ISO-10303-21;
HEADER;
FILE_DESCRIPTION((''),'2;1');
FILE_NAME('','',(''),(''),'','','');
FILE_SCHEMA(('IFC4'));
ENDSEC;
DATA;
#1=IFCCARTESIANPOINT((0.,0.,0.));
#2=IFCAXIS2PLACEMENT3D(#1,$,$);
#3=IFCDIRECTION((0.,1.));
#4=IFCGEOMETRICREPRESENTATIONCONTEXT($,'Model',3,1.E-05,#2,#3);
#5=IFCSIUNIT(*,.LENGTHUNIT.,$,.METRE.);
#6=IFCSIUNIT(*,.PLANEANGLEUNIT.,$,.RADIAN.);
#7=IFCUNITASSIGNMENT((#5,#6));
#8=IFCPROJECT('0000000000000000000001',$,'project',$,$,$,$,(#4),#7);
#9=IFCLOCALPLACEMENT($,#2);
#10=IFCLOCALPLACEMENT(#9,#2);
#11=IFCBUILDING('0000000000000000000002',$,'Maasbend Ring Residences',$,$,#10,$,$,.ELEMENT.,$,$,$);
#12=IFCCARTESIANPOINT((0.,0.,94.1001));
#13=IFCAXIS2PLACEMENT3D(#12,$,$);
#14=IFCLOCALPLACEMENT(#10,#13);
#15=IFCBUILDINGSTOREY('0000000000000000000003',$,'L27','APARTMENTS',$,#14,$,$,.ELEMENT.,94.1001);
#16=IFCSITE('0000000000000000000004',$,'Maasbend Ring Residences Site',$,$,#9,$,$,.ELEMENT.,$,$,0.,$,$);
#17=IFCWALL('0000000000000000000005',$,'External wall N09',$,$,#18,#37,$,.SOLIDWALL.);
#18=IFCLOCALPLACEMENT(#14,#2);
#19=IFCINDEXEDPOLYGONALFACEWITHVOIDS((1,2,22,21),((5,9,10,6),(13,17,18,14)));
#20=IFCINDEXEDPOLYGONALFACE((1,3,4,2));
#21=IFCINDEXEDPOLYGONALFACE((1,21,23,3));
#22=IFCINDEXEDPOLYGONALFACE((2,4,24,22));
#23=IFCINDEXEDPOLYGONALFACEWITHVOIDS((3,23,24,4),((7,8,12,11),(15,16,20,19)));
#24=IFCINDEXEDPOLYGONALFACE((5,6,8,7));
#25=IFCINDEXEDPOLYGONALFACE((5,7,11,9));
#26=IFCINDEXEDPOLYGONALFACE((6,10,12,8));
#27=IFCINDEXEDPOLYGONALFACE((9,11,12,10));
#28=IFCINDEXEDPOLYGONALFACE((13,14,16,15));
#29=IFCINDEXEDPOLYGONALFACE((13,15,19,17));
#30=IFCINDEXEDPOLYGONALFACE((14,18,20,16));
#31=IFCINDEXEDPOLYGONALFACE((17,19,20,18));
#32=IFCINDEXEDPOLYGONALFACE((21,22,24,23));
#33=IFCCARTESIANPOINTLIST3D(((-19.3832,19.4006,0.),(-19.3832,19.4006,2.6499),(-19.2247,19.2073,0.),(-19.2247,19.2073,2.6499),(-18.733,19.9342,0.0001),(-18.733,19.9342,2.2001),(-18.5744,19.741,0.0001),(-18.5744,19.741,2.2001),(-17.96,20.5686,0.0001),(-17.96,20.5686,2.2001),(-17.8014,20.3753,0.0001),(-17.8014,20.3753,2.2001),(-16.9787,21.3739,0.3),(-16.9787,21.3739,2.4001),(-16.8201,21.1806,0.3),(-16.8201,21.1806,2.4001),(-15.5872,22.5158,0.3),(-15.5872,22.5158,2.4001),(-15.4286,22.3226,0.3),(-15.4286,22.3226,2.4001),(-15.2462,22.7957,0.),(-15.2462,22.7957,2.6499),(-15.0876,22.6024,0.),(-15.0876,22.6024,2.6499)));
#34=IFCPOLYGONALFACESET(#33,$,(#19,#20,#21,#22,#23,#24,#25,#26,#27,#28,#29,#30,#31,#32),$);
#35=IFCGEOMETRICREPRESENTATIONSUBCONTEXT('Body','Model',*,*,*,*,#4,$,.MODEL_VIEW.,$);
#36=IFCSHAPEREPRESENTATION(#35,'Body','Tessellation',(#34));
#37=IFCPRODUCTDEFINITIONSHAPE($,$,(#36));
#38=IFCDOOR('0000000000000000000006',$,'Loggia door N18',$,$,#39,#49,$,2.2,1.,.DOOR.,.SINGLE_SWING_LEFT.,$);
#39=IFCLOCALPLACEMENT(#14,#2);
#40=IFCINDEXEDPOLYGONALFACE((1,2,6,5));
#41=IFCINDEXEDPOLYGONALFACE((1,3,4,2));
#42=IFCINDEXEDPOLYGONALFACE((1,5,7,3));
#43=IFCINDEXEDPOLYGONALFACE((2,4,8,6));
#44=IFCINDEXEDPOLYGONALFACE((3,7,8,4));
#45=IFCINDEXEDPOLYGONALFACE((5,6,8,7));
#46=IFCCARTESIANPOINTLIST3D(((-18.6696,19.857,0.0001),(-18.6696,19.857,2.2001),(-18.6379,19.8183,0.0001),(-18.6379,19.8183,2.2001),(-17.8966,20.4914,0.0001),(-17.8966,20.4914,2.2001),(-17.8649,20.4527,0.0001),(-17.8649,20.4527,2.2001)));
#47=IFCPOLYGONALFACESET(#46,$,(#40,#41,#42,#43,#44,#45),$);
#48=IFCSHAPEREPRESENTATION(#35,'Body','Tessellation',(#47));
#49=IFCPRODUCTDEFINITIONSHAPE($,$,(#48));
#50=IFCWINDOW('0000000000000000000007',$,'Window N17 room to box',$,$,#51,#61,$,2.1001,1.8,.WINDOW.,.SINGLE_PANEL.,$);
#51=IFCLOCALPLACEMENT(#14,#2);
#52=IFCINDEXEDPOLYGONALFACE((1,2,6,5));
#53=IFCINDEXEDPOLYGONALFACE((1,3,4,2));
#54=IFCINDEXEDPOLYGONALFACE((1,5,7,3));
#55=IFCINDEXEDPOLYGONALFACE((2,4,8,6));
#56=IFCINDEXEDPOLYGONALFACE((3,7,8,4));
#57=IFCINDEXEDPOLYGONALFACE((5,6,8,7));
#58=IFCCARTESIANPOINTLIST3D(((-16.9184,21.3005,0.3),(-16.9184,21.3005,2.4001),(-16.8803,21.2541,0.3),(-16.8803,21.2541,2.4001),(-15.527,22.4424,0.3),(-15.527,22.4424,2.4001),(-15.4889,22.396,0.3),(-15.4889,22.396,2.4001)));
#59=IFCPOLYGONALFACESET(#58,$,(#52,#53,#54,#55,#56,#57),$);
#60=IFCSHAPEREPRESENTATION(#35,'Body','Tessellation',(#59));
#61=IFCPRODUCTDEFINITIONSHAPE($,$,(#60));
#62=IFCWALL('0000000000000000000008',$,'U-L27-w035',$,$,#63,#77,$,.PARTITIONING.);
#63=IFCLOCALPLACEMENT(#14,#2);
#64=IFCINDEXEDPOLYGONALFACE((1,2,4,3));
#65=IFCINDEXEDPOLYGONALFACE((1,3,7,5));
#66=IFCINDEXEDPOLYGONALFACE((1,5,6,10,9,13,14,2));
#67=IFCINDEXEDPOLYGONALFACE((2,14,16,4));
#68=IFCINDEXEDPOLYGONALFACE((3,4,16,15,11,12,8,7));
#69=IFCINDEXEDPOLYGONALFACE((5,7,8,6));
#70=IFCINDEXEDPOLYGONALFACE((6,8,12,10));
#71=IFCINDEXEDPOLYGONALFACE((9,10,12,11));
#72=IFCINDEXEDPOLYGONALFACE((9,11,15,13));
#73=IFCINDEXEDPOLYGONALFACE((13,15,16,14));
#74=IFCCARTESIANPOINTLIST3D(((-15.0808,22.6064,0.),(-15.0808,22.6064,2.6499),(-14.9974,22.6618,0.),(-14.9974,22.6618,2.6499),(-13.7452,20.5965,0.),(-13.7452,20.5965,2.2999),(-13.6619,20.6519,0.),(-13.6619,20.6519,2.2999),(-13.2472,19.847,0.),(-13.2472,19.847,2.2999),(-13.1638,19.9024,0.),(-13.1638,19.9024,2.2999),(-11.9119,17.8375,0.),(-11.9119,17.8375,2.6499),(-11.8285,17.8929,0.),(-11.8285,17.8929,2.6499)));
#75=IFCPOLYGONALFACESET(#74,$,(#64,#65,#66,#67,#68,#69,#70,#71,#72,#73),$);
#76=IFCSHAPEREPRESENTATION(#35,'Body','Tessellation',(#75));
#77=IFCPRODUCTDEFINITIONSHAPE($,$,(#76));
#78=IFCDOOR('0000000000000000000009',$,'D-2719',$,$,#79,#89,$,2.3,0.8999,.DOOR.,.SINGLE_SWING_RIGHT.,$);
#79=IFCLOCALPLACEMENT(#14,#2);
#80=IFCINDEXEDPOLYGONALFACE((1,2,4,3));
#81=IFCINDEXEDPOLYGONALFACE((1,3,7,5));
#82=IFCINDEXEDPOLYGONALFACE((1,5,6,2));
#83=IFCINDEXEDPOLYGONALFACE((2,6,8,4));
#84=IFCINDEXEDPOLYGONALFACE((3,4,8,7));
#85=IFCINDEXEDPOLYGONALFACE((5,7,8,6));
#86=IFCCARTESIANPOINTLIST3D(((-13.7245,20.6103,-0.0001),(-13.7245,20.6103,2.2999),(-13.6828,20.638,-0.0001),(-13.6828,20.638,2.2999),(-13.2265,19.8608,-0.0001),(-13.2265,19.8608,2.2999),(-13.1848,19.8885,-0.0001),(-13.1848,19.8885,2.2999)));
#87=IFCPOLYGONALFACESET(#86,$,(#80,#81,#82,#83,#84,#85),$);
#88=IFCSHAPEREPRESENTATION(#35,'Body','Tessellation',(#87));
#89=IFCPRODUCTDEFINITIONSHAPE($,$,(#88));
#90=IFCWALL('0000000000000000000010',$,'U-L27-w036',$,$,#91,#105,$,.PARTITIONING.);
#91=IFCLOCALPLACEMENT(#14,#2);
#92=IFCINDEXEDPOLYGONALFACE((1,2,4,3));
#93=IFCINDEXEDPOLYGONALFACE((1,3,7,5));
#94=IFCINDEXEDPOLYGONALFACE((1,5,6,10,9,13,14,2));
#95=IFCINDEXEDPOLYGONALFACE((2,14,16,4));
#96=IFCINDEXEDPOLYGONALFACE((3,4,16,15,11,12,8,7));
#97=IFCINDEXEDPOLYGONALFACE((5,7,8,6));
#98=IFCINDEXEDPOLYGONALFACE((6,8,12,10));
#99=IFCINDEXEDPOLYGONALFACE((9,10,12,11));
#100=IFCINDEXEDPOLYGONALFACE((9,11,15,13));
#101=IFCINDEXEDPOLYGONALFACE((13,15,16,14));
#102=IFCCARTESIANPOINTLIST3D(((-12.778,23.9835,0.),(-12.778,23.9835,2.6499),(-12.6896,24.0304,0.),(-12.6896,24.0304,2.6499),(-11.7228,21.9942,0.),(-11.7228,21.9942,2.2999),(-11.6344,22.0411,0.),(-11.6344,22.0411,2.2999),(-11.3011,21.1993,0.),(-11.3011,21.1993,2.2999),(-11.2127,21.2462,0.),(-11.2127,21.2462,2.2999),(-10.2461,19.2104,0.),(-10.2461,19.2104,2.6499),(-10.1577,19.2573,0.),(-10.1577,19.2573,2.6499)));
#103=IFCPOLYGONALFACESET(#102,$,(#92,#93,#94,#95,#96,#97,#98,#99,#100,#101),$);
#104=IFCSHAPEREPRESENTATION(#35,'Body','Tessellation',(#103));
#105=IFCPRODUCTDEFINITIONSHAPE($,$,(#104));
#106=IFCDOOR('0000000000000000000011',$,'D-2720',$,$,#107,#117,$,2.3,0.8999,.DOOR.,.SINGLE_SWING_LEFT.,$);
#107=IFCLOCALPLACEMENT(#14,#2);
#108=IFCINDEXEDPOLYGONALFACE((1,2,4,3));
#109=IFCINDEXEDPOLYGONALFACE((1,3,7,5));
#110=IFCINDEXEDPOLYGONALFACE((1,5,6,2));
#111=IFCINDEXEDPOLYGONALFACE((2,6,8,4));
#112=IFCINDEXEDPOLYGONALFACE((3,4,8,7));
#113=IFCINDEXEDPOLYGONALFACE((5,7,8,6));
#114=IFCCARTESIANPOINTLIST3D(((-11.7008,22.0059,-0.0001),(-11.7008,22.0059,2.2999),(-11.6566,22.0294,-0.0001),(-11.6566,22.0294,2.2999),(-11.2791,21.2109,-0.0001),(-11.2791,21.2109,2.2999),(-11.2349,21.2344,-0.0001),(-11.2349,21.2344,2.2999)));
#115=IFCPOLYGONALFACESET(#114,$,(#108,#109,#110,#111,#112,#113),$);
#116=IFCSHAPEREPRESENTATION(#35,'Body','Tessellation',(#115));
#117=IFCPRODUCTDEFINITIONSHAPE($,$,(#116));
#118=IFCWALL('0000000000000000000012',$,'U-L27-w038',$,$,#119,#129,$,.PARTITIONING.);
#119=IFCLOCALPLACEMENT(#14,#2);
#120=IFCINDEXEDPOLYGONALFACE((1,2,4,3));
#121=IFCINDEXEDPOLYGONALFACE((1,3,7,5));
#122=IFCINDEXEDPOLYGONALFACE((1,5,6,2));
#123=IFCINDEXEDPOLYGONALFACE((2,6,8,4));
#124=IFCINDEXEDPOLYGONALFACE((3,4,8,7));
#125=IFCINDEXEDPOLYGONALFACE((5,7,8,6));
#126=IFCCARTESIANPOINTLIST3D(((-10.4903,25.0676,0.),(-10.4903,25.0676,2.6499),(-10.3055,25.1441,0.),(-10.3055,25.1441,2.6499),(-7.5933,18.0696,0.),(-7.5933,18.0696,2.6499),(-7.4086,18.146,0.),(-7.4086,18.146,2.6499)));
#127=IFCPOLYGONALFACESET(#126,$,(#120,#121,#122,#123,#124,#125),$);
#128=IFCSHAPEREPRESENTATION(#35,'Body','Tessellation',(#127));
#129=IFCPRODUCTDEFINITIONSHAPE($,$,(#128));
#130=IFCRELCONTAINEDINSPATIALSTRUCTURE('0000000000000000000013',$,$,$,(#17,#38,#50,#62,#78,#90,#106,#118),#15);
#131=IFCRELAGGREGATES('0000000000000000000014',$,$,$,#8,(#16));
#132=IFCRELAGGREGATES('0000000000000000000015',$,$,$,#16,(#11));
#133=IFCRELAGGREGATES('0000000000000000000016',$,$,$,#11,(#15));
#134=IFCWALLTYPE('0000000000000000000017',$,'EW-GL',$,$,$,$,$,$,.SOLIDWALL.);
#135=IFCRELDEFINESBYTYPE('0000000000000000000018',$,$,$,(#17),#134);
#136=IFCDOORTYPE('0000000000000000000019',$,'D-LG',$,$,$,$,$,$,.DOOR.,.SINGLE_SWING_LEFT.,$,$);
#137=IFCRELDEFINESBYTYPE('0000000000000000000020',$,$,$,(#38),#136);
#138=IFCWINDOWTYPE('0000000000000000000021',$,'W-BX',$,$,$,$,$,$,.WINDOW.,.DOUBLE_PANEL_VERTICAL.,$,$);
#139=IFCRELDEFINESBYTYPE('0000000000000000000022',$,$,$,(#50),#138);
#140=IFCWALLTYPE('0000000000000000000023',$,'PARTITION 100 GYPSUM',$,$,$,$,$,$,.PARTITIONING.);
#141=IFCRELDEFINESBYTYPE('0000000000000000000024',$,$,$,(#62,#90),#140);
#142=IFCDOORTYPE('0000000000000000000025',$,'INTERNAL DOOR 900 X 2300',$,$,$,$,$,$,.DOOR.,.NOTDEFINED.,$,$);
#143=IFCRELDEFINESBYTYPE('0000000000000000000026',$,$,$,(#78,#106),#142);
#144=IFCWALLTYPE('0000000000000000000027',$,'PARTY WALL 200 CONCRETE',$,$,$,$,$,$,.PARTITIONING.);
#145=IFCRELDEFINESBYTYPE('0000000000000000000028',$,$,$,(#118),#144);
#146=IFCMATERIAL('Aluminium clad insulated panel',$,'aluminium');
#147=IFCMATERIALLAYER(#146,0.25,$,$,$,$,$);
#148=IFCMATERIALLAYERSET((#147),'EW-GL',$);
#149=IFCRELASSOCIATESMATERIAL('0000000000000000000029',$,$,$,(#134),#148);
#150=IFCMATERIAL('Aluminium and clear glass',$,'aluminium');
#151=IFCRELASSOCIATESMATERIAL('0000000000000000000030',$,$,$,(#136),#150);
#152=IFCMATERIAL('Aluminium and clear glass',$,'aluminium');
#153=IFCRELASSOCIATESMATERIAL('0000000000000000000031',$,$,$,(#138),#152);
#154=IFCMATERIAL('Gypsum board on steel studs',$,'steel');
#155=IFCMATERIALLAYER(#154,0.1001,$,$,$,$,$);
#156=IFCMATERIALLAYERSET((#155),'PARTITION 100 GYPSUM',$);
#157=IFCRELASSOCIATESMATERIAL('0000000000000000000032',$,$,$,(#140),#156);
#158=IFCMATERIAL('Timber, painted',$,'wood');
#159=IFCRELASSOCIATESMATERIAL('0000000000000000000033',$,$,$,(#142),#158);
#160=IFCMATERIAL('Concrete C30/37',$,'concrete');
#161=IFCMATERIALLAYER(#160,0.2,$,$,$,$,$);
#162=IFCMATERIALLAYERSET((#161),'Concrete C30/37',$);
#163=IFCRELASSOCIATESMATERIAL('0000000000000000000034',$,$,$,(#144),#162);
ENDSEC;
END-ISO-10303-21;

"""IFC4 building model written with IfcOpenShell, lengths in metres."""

from ifc_helpers import new_model, si_unit, direction, frame, frame_2d, origin, place, context, subcontext, project, spatial, rectangle, extrude, material, layer, layer_set, type_object, element, fill, save


model = new_model("IFC4")

# Units and contexts
model_context = context("Model", 3, precision=1e-05, world=origin(), true_north=direction((0.0, 1.0)))
body_context = subcontext(model_context, "Body", "Model", "MODEL_VIEW")
ifc_project = project(units=[si_unit("LENGTHUNIT", "METRE"), si_unit("PLANEANGLEUNIT", "RADIAN")], contexts=[model_context])

# Site, building, storey
site_placement = place(None, origin())
site = spatial("IfcSite", under=ifc_project, at=site_placement, Name="Maasbend Ring Residences Site", CompositionType="ELEMENT", RefElevation=0.0)
building_placement = place(site_placement, origin())
building = spatial("IfcBuilding", under=site, at=building_placement, Name="Maasbend Ring Residences", CompositionType="ELEMENT")
storey_placement = place(building_placement, frame((0.0, 0.0, 94.1001)))
storey = spatial("IfcBuildingStorey", under=building, at=storey_placement, Name="L27", Description="APARTMENTS", CompositionType="ELEMENT", Elevation=94.1001)

# Wall, openings, door, window
ifc_material_1 = material(Name="Aluminium clad insulated panel", Category="aluminium")
ifc_layer_1 = layer(ifc_material_1, 0.25)
ifc_layer_set_1 = layer_set([ifc_layer_1], Name="EW-GL")
wall_type_1 = type_object("IfcWallType", Name="EW-GL", PredefinedType="SOLIDWALL", material=ifc_layer_set_1)
ifc_material_2 = material(Name="Aluminium and clear glass", Category="aluminium")
door_type_1 = type_object("IfcDoorType", Name="D-LG", OperationType="SINGLE_SWING_LEFT", PredefinedType="DOOR", material=ifc_material_2)
ifc_material_3 = material(Name="Aluminium and clear glass", Category="aluminium")
window_type_1 = type_object("IfcWindowType", Name="W-BX", PartitioningType="DOUBLE_PANEL_VERTICAL", PredefinedType="WINDOW", material=ifc_material_3)
wall_1_placement = place(storey_placement, frame((-15.167, 22.699, 0.0), z_axis=(0.0, 0.0, 1.0), x_axis=(-0.773019, -0.634382, 0.0)))
wall_1 = element("IfcWall", 1, at=wall_1_placement, inside=storey, type_object=wall_type_1, Name="External wall N09", PredefinedType="SOLIDWALL", context=body_context, shape_type="SweptSolid", body=[
    extrude(rectangle(XDim=5.3518, YDim=0.25, at=frame_2d((2.6758, 0.0))), origin(), (0.0, 0.0, 1.0), 2.6499),
])
opening_1_placement = place(wall_1_placement, frame((0.4412, 0.0, 0.3)))
opening_1 = element("IfcOpeningElement", 2, at=opening_1_placement, cuts=wall_1, PredefinedType="OPENING", context=body_context, shape_type="SweptSolid", body=[
    extrude(rectangle(XDim=1.8, YDim=2.1001, at=frame_2d((0.8999, 1.05))), frame((0.0, 0.135, 0.0), z_axis=(0.0, -1.0, 0.0), x_axis=(1.0, 0.0, 0.0)), (0.0, 0.0, 1.0), 0.27),
])
opening_2_placement = place(wall_1_placement, frame((3.5105, 0.0, 0.0)))
opening_2 = element("IfcOpeningElement", 3, at=opening_2_placement, cuts=wall_1, PredefinedType="OPENING", context=body_context, shape_type="SweptSolid", body=[
    extrude(rectangle(XDim=1.0, YDim=2.2, at=frame_2d((0.5, 1.1001))), frame((0.0, 0.135, 0.0), z_axis=(0.0, -1.0, 0.0), x_axis=(1.0, 0.0, 0.0)), (0.0, 0.0, 1.0), 0.27),
])
door_1_placement = place(opening_2_placement, origin())
door_1 = element("IfcDoor", 4, at=door_1_placement, inside=storey, type_object=door_type_1, Name="Loggia door N18", OperationType="SINGLE_SWING_LEFT", OverallHeight=2.2, OverallWidth=1.0, PredefinedType="DOOR", context=body_context, shape_type="SweptSolid", body=[
    extrude(rectangle(XDim=1.0, YDim=2.2, at=frame_2d((0.5, 1.1001))), frame((0.0, 0.0249, 0.0), z_axis=(0.0, -1.0, 0.0), x_axis=(1.0, 0.0, 0.0)), (0.0, 0.0, 1.0), 0.05),
])
fill(opening_2, door_1)
window_1_placement = place(opening_1_placement, origin())
window_1 = element("IfcWindow", 5, at=window_1_placement, inside=storey, type_object=window_type_1, Name="Window N17 room to box", OverallHeight=2.1001, OverallWidth=1.8, PartitioningType="SINGLE_PANEL", PredefinedType="WINDOW", context=body_context, shape_type="SweptSolid", body=[
    extrude(rectangle(XDim=1.8, YDim=2.1001, at=frame_2d((0.8999, 1.05))), frame((0.0, 0.03, 0.0), z_axis=(0.0, -1.0, 0.0), x_axis=(1.0, 0.0, 0.0)), (0.0, 0.0, 1.0), 0.0601),
])
fill(opening_1, window_1)

# Walls, openings, doors
ifc_material_4 = material(Name="Gypsum board on steel studs", Category="steel")
ifc_layer_2 = layer(ifc_material_4, 0.1001)
ifc_layer_set_2 = layer_set([ifc_layer_2], Name="PARTITION 100 GYPSUM")
wall_type_2 = type_object("IfcWallType", Name="PARTITION 100 GYPSUM", PredefinedType="PARTITIONING", material=ifc_layer_set_2)
wall_2_placement = place(storey_placement, frame((-15.0391, 22.634, 0.0), z_axis=(0.0, 0.0, 1.0), x_axis=(0.55344, -0.832889, 0.0)))
wall_2 = element("IfcWall", 6, at=wall_2_placement, inside=storey, type_object=wall_type_2, Name="U-L27-w035", PredefinedType="PARTITIONING", context=body_context, shape_type="SweptSolid", body=[
    extrude(rectangle(XDim=5.7258, YDim=0.1001, at=frame_2d((2.8628, 0.0))), origin(), (0.0, 0.0, 1.0), 2.6499),
])
opening_3_placement = place(wall_2_placement, frame((2.4131, 0.0, 0.0)))
opening_3 = element("IfcOpeningElement", 7, at=opening_3_placement, cuts=wall_2, PredefinedType="OPENING", context=body_context, shape_type="SweptSolid", body=[
    extrude(rectangle(XDim=0.8999, YDim=2.3, at=frame_2d((0.45, 1.1499))), frame((0.0, 0.0601, 0.0), z_axis=(0.0, -1.0, 0.0), x_axis=(1.0, 0.0, 0.0)), (0.0, 0.0, 1.0), 0.1201),
])
ifc_material_5 = material(Name="Timber, painted", Category="wood")
door_type_2 = type_object("IfcDoorType", Name="INTERNAL DOOR 900 X 2300", OperationType="NOTDEFINED", PredefinedType="DOOR", material=ifc_material_5)
door_2_placement = place(opening_3_placement, origin())
door_2 = element("IfcDoor", 8, at=door_2_placement, inside=storey, type_object=door_type_2, Name="D-2719", OperationType="SINGLE_SWING_RIGHT", OverallHeight=2.3, OverallWidth=0.8999, PredefinedType="DOOR", context=body_context, shape_type="SweptSolid", body=[
    extrude(rectangle(XDim=0.8999, YDim=2.3, at=frame_2d((0.45, 1.1499))), frame((0.0, 0.0249, 0.0), z_axis=(0.0, -1.0, 0.0), x_axis=(1.0, 0.0, 0.0)), (0.0, 0.0, 1.0), 0.05),
])
fill(opening_3, door_2)
wall_3_placement = place(storey_placement, frame((-12.7339, 24.0071, 0.0), z_axis=(0.0, 0.0, 1.0), x_axis=(0.46861, -0.883405, 0.0)))
wall_3 = element("IfcWall", 9, at=wall_3_placement, inside=storey, type_object=wall_type_2, Name="U-L27-w036", PredefinedType="PARTITIONING", context=body_context, shape_type="SweptSolid", body=[
    extrude(rectangle(XDim=5.4031, YDim=0.1001, at=frame_2d((2.7017, 0.0))), origin(), (0.0, 0.0, 1.0), 2.6499),
])
opening_4_placement = place(wall_3_placement, frame((2.252, 0.0, 0.0)))
opening_4 = element("IfcOpeningElement", 10, at=opening_4_placement, cuts=wall_3, PredefinedType="OPENING", context=body_context, shape_type="SweptSolid", body=[
    extrude(rectangle(XDim=0.8999, YDim=2.3, at=frame_2d((0.45, 1.1499))), frame((0.0, 0.0601, 0.0), z_axis=(0.0, -1.0, 0.0), x_axis=(1.0, 0.0, 0.0)), (0.0, 0.0, 1.0), 0.1201),
])
door_3_placement = place(opening_4_placement, origin())
door_3 = element("IfcDoor", 11, at=door_3_placement, inside=storey, type_object=door_type_2, Name="D-2720", OperationType="SINGLE_SWING_LEFT", OverallHeight=2.3, OverallWidth=0.8999, PredefinedType="DOOR", context=body_context, shape_type="SweptSolid", body=[
    extrude(rectangle(XDim=0.8999, YDim=2.3, at=frame_2d((0.45, 1.1499))), frame((0.0, 0.0249, 0.0), z_axis=(0.0, -1.0, 0.0), x_axis=(1.0, 0.0, 0.0)), (0.0, 0.0, 1.0), 0.05),
])
fill(opening_4, door_3)

# Wall
ifc_material_6 = material(Name="Concrete C30/37", Category="concrete")
ifc_layer_3 = layer(ifc_material_6, 0.2)
ifc_layer_set_3 = layer_set([ifc_layer_3], Name="Concrete C30/37")
wall_type_3 = type_object("IfcWallType", Name="PARTY WALL 200 CONCRETE", PredefinedType="PARTITIONING", material=ifc_layer_set_3)
wall_4_placement = place(storey_placement, frame((-10.3979, 25.106, 0.0), z_axis=(0.0, 0.0, 1.0), x_axis=(0.38249, -0.923959, 0.0)))
element("IfcWall", 12, at=wall_4_placement, inside=storey, type_object=wall_type_3, Name="U-L27-w038", PredefinedType="PARTITIONING", context=body_context, shape_type="SweptSolid", body=[
    extrude(rectangle(XDim=7.574, YDim=0.2, at=frame_2d((3.7871, 0.0))), origin(), (0.0, 0.0, 1.0), 2.6499),
])

save(model, "model.ifc")
